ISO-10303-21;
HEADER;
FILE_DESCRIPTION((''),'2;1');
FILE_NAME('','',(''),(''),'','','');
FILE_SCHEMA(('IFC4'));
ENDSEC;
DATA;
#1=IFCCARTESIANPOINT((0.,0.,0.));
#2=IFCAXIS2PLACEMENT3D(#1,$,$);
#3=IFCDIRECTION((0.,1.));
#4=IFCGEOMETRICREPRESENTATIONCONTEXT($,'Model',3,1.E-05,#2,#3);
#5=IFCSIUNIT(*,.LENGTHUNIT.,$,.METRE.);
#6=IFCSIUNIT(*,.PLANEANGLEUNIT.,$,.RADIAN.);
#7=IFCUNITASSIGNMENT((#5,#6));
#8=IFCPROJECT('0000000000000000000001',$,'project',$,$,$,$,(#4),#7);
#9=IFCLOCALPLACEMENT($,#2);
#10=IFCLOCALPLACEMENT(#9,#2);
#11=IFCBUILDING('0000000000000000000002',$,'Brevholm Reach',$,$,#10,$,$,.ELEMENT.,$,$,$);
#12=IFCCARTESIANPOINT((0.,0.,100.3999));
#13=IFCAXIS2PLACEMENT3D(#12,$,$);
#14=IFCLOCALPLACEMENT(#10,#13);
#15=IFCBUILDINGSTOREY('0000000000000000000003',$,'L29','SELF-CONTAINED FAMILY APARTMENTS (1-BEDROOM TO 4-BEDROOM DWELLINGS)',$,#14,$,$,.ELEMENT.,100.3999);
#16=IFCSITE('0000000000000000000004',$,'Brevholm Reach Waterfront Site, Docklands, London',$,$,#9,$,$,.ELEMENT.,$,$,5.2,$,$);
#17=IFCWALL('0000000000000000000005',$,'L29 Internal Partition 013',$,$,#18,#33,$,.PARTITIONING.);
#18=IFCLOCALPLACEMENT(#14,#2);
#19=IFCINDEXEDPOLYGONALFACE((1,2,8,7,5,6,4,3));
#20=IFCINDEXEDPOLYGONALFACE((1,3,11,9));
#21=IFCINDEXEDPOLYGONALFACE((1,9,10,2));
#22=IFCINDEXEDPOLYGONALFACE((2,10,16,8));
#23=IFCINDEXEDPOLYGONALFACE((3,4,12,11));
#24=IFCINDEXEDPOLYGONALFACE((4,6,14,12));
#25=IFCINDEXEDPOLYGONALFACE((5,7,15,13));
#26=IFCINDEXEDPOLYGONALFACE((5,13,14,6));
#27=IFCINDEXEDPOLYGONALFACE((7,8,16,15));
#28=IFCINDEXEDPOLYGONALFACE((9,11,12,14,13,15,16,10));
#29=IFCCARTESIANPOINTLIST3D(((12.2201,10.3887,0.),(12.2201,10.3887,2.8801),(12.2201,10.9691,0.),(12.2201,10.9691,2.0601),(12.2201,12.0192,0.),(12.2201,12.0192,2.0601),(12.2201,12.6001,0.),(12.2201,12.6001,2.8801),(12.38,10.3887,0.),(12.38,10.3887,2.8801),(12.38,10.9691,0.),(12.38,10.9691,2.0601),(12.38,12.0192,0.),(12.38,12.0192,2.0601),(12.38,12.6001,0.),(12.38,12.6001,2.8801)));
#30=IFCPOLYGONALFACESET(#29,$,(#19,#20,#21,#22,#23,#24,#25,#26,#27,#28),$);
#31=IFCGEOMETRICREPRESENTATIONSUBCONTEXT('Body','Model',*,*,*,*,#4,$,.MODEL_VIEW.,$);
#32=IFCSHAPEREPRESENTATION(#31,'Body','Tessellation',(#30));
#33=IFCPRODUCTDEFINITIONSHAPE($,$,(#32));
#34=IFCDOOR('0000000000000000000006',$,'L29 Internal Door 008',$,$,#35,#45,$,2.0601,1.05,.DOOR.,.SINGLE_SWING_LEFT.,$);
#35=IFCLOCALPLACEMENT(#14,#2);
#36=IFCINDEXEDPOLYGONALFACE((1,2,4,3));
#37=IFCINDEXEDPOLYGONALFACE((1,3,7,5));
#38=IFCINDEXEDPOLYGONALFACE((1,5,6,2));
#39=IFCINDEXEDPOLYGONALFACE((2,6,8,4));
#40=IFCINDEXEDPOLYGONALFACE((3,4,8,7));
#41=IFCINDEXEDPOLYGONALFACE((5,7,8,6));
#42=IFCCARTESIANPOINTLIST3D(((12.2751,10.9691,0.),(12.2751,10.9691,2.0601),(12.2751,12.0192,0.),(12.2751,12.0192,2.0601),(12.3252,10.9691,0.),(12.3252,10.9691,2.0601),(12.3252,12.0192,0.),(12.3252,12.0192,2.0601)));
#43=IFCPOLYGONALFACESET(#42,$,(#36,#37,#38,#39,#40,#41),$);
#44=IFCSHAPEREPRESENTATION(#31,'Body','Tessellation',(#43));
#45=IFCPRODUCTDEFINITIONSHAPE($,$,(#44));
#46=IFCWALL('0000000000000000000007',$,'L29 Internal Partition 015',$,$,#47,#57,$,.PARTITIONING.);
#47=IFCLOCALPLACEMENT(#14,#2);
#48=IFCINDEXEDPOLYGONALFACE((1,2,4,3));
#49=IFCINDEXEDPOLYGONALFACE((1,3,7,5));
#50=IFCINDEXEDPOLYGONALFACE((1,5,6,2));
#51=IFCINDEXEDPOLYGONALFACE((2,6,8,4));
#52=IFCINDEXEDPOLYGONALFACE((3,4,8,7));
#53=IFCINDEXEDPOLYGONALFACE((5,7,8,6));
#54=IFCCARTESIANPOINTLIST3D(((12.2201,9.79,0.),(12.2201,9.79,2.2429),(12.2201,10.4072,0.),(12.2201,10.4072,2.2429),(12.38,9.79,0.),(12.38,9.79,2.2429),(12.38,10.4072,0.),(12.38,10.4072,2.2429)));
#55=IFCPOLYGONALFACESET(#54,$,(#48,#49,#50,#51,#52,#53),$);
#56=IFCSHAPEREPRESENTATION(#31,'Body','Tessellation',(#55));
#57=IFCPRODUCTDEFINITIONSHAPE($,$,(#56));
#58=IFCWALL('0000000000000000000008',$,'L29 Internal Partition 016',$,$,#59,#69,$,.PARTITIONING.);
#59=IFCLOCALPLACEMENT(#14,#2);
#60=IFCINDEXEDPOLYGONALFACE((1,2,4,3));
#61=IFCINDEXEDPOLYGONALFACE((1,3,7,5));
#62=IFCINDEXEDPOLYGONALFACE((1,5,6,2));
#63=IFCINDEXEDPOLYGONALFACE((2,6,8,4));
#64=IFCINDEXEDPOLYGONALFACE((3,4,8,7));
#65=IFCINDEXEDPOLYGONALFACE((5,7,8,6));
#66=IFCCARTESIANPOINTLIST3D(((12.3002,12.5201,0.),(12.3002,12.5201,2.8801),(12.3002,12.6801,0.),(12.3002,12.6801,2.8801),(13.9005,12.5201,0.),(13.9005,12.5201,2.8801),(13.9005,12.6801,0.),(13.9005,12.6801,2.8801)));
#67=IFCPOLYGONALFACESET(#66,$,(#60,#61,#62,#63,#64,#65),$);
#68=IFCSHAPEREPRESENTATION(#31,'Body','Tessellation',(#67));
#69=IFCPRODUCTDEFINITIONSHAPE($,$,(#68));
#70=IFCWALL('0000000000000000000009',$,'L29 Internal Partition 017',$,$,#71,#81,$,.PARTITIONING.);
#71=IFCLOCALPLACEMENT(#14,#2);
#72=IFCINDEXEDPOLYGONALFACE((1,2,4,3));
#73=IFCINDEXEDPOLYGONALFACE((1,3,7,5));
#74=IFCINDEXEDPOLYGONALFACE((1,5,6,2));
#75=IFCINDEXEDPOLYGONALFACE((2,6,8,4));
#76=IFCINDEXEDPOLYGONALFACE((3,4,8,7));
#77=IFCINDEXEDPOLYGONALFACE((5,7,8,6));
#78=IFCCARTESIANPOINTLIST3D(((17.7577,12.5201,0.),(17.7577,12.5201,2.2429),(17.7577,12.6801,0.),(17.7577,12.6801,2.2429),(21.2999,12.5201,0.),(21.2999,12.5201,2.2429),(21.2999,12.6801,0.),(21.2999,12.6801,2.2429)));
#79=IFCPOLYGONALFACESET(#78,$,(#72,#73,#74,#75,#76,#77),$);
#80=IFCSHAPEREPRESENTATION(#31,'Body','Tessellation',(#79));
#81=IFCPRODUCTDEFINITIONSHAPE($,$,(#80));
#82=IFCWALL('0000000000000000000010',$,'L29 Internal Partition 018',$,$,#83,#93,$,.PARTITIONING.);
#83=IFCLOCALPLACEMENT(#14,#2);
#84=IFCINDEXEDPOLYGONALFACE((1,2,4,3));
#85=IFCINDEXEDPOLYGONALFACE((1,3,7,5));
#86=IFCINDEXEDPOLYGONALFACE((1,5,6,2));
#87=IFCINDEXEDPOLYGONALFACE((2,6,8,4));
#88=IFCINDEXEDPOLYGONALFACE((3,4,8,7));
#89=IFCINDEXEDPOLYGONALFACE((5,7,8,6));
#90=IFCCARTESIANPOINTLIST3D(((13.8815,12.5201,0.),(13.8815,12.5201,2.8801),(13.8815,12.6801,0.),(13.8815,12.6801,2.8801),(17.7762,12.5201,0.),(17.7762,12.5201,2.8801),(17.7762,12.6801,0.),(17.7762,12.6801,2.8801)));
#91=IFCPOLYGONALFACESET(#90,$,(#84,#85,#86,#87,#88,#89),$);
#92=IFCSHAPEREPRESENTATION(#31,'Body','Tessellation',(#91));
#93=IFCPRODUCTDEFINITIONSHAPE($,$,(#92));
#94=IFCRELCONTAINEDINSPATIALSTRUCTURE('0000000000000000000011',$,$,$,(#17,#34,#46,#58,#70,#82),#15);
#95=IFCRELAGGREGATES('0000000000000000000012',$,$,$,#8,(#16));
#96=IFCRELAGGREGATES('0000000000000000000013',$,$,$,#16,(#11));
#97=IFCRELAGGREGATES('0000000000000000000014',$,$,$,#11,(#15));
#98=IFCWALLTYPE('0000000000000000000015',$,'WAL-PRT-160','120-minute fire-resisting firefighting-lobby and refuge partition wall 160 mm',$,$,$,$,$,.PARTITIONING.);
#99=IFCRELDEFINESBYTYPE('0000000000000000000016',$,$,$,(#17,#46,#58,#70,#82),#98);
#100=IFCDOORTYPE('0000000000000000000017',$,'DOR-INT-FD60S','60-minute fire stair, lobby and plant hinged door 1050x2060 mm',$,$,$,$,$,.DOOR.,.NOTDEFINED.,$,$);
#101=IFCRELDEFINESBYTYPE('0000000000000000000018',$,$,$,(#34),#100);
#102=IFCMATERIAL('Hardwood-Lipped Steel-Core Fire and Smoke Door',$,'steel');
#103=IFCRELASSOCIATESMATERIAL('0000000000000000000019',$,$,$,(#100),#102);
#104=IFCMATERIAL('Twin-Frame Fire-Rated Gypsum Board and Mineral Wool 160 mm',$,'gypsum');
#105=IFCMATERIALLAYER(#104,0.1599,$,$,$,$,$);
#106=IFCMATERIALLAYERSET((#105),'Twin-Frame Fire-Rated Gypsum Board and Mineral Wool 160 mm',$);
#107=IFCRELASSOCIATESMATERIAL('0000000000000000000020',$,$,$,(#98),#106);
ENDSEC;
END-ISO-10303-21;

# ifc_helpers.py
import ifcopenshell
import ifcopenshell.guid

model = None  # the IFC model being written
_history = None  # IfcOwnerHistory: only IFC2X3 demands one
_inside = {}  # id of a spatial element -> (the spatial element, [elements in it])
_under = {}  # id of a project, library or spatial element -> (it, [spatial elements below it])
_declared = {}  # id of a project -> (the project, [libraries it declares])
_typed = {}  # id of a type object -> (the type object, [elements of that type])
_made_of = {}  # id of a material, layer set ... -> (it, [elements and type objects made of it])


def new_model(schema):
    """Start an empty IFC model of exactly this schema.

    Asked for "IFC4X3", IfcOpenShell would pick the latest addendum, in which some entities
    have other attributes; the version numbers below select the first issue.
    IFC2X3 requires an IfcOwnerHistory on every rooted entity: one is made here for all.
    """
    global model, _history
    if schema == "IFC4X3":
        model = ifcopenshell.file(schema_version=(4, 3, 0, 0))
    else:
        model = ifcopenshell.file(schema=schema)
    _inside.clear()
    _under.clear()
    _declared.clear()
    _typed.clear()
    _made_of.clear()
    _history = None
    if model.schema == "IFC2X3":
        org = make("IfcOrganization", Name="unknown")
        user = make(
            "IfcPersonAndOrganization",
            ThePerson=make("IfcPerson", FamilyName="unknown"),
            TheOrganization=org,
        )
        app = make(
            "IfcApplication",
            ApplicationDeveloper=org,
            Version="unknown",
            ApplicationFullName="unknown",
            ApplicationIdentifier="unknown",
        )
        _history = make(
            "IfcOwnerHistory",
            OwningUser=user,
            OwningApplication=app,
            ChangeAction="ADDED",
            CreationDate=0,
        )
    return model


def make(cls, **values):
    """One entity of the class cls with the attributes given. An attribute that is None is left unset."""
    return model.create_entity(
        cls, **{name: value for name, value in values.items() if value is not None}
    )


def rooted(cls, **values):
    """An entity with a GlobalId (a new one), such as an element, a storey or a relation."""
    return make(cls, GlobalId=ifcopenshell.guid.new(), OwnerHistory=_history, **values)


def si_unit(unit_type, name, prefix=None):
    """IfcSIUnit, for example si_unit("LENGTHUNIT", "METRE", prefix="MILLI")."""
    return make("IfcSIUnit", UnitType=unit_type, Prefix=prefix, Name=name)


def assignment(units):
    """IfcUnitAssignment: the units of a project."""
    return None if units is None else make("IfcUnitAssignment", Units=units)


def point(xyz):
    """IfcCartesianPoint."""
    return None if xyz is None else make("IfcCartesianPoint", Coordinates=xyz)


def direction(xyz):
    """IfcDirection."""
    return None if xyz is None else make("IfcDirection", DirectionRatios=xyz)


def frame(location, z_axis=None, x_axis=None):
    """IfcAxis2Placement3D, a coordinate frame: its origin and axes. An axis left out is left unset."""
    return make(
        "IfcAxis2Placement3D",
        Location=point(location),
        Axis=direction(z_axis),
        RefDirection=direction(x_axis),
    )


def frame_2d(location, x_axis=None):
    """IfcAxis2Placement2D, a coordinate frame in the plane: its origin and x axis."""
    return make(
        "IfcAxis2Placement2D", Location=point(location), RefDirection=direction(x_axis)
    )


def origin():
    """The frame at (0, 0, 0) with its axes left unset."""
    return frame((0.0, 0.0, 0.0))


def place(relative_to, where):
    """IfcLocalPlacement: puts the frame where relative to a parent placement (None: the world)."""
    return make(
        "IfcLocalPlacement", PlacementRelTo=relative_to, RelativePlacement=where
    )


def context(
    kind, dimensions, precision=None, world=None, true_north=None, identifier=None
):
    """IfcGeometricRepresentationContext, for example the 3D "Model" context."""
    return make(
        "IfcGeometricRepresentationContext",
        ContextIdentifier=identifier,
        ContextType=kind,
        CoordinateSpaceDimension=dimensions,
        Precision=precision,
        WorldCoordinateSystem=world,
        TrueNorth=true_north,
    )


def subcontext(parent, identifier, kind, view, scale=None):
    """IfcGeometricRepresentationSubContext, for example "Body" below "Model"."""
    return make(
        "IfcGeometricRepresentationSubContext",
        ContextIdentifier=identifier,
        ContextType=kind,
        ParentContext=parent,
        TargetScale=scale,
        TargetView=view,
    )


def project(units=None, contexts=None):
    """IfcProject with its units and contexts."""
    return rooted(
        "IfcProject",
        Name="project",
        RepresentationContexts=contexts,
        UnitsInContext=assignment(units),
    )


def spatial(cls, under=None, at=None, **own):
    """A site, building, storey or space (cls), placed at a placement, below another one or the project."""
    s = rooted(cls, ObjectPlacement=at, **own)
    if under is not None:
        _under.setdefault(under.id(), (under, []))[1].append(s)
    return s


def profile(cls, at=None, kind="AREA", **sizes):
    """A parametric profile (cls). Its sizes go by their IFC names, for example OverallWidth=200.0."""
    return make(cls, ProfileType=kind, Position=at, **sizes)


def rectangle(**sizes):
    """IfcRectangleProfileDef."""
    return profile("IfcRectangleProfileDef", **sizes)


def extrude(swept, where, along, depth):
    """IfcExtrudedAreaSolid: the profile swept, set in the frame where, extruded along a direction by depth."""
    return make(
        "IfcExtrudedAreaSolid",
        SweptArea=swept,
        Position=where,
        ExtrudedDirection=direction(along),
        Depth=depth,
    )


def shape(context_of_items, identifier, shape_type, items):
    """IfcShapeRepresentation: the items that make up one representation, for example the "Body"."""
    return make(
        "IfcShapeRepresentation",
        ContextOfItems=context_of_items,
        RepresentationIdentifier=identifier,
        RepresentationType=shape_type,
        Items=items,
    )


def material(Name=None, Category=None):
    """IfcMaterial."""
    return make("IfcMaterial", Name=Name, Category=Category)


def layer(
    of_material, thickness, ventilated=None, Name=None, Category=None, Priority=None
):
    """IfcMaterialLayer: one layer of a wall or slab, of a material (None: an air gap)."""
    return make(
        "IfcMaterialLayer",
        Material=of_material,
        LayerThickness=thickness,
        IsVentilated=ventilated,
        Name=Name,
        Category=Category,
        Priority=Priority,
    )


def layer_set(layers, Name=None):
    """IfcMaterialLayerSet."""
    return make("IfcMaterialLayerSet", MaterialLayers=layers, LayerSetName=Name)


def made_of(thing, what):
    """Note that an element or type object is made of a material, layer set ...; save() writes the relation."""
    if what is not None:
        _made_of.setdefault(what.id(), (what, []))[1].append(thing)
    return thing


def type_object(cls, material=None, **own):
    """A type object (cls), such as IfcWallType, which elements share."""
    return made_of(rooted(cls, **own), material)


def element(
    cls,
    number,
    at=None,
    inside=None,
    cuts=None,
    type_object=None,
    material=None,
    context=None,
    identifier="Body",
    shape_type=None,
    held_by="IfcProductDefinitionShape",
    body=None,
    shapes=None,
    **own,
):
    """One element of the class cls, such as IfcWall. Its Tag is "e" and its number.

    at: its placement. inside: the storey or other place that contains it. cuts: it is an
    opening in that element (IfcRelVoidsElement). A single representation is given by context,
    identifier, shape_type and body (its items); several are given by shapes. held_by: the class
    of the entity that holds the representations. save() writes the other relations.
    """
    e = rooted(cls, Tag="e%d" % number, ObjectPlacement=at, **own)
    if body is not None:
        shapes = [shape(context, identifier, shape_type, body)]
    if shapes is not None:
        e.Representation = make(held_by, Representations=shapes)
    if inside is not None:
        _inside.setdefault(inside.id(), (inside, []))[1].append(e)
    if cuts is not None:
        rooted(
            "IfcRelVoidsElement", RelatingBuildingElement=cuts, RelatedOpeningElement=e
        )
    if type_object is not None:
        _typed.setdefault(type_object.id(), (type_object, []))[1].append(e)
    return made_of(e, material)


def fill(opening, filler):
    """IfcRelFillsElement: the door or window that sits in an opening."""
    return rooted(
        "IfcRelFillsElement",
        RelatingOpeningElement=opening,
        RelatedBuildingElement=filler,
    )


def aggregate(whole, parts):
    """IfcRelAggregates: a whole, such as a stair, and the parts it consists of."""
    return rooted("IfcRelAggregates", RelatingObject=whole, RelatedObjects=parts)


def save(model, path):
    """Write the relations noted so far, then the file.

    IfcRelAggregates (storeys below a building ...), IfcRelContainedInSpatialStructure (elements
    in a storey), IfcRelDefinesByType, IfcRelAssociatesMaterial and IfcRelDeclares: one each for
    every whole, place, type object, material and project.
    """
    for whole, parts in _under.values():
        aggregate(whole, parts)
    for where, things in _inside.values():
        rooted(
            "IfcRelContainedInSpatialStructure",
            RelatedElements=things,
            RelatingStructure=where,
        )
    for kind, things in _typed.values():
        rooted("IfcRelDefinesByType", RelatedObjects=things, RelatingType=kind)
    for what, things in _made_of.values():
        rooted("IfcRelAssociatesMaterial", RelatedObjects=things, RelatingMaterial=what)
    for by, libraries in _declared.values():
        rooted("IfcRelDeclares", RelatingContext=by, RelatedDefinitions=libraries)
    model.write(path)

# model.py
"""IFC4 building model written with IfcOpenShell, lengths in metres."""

from ifc_helpers import new_model, si_unit, direction, frame, frame_2d, origin, place, context, subcontext, project, spatial, rectangle, extrude, material, layer, layer_set, type_object, element, fill, save


model = new_model("IFC4")

# Units and contexts
model_context = context("Model", 3, precision=1e-05, world=origin(), true_north=direction((0.0, 1.0)))
body_context = subcontext(model_context, "Body", "Model", "MODEL_VIEW")
ifc_project = project(units=[si_unit("LENGTHUNIT", "METRE"), si_unit("PLANEANGLEUNIT", "RADIAN")], contexts=[model_context])

# Site, building, storey
site_placement = place(None, origin())
site = spatial("IfcSite", under=ifc_project, at=site_placement, Name="Brevholm Reach Waterfront Site, Docklands, London", CompositionType="ELEMENT", RefElevation=5.2)
building_placement = place(site_placement, origin())
building = spatial("IfcBuilding", under=site, at=building_placement, Name="Brevholm Reach", CompositionType="ELEMENT")
storey_placement = place(building_placement, frame((0.0, 0.0, 100.3999)))
storey = spatial("IfcBuildingStorey", under=building, at=storey_placement, Name="L29", Description="SELF-CONTAINED FAMILY APARTMENTS (1-BEDROOM TO 4-BEDROOM DWELLINGS)", CompositionType="ELEMENT", Elevation=100.3999)

# Shared definitions
ifc_material_1 = material(Name="Hardwood-Lipped Steel-Core Fire and Smoke Door", Category="steel")
door_type_1 = type_object("IfcDoorType", Name="DOR-INT-FD60S", Description="60-minute fire stair, lobby and plant hinged door 1050x2060 mm", OperationType="NOTDEFINED", PredefinedType="DOOR", material=ifc_material_1)

# Wall, opening, door
ifc_material_2 = material(Name="Twin-Frame Fire-Rated Gypsum Board and Mineral Wool 160 mm", Category="gypsum")
ifc_layer_1 = layer(ifc_material_2, 0.1599)
ifc_layer_set_1 = layer_set([ifc_layer_1], Name="Twin-Frame Fire-Rated Gypsum Board and Mineral Wool 160 mm")
wall_type_1 = type_object("IfcWallType", Name="WAL-PRT-160", Description="120-minute fire-resisting firefighting-lobby and refuge partition wall 160 mm", PredefinedType="PARTITIONING", material=ifc_layer_set_1)
wall_1_placement = place(storey_placement, frame((12.3, 10.3887, 0.0), z_axis=(0.0, 0.0, 1.0), x_axis=(0.0, 1.0, 0.0)))
wall_1 = element("IfcWall", 1, at=wall_1_placement, inside=storey, type_object=wall_type_1, Name="L29 Internal Partition 013", PredefinedType="PARTITIONING", context=body_context, shape_type="SweptSolid", body=[
    extrude(rectangle(XDim=2.2114, YDim=0.1599, at=frame_2d((1.1057, 0.0))), origin(), (0.0, 0.0, 1.0), 2.8801),
])
opening_1_placement = place(wall_1_placement, frame((0.5806, 0.0, 0.0)))
opening_1 = element("IfcOpeningElement", 2, at=opening_1_placement, cuts=wall_1, PredefinedType="OPENING", context=body_context, shape_type="SweptSolid", body=[
    extrude(rectangle(XDim=1.05, YDim=2.0601, at=frame_2d((0.5249, 1.03))), frame((0.0, 0.0898, 0.0), z_axis=(0.0, -1.0, 0.0), x_axis=(1.0, 0.0, 0.0)), (0.0, 0.0, 1.0), 0.1799),
])
door_1_placement = place(opening_1_placement, origin())
door_1 = element("IfcDoor", 3, at=door_1_placement, inside=storey, type_object=door_type_1, Name="L29 Internal Door 008", OperationType="SINGLE_SWING_LEFT", OverallHeight=2.0601, OverallWidth=1.05, PredefinedType="DOOR", context=body_context, shape_type="SweptSolid", body=[
    extrude(rectangle(XDim=1.05, YDim=2.0601, at=frame_2d((0.5249, 1.03))), frame((0.0, 0.0249, 0.0), z_axis=(0.0, -1.0, 0.0), x_axis=(1.0, 0.0, 0.0)), (0.0, 0.0, 1.0), 0.05),
])
fill(opening_1, door_1)

# Walls
wall_2_placement = place(storey_placement, frame((12.3, 9.79, 0.0), z_axis=(0.0, 0.0, 1.0), x_axis=(0.0, 1.0, 0.0)))
element("IfcWall", 4, at=wall_2_placement, inside=storey, type_object=wall_type_1, Name="L29 Internal Partition 015", PredefinedType="PARTITIONING", context=body_context, shape_type="SweptSolid", body=[
    extrude(rectangle(XDim=0.6172, YDim=0.1599, at=frame_2d((0.3086, 0.0))), origin(), (0.0, 0.0, 1.0), 2.2429),
])
wall_3_placement = place(storey_placement, frame((12.3, 12.6001, 0.0), z_axis=(0.0, 0.0, 1.0), x_axis=(1.0, 0.0, 0.0)))
element("IfcWall", 5, at=wall_3_placement, inside=storey, type_object=wall_type_1, Name="L29 Internal Partition 016", PredefinedType="PARTITIONING", context=body_context, shape_type="SweptSolid", body=[
    extrude(rectangle(XDim=1.6003, YDim=0.1599, at=frame_2d((0.8003, 0.0))), origin(), (0.0, 0.0, 1.0), 2.8801),
])
wall_4_placement = place(storey_placement, frame((17.7578, 12.6001, 0.0), z_axis=(0.0, 0.0, 1.0), x_axis=(1.0, 0.0, 0.0)))
element("IfcWall", 6, at=wall_4_placement, inside=storey, type_object=wall_type_1, Name="L29 Internal Partition 017", PredefinedType="PARTITIONING", context=body_context, shape_type="SweptSolid", body=[
    extrude(rectangle(XDim=3.5422, YDim=0.1599, at=frame_2d((1.771, 0.0))), origin(), (0.0, 0.0, 1.0), 2.2429),
])
wall_5_placement = place(storey_placement, frame((13.8816, 12.6001, 0.0), z_axis=(0.0, 0.0, 1.0), x_axis=(1.0, 0.0, 0.0)))
element("IfcWall", 7, at=wall_5_placement, inside=storey, type_object=wall_type_1, Name="L29 Internal Partition 018", PredefinedType="PARTITIONING", context=body_context, shape_type="SweptSolid", body=[
    extrude(rectangle(XDim=3.8948, YDim=0.1599, at=frame_2d((1.9473, 0.0))), origin(), (0.0, 0.0, 1.0), 2.8801),
])

save(model, "model.ifc")
